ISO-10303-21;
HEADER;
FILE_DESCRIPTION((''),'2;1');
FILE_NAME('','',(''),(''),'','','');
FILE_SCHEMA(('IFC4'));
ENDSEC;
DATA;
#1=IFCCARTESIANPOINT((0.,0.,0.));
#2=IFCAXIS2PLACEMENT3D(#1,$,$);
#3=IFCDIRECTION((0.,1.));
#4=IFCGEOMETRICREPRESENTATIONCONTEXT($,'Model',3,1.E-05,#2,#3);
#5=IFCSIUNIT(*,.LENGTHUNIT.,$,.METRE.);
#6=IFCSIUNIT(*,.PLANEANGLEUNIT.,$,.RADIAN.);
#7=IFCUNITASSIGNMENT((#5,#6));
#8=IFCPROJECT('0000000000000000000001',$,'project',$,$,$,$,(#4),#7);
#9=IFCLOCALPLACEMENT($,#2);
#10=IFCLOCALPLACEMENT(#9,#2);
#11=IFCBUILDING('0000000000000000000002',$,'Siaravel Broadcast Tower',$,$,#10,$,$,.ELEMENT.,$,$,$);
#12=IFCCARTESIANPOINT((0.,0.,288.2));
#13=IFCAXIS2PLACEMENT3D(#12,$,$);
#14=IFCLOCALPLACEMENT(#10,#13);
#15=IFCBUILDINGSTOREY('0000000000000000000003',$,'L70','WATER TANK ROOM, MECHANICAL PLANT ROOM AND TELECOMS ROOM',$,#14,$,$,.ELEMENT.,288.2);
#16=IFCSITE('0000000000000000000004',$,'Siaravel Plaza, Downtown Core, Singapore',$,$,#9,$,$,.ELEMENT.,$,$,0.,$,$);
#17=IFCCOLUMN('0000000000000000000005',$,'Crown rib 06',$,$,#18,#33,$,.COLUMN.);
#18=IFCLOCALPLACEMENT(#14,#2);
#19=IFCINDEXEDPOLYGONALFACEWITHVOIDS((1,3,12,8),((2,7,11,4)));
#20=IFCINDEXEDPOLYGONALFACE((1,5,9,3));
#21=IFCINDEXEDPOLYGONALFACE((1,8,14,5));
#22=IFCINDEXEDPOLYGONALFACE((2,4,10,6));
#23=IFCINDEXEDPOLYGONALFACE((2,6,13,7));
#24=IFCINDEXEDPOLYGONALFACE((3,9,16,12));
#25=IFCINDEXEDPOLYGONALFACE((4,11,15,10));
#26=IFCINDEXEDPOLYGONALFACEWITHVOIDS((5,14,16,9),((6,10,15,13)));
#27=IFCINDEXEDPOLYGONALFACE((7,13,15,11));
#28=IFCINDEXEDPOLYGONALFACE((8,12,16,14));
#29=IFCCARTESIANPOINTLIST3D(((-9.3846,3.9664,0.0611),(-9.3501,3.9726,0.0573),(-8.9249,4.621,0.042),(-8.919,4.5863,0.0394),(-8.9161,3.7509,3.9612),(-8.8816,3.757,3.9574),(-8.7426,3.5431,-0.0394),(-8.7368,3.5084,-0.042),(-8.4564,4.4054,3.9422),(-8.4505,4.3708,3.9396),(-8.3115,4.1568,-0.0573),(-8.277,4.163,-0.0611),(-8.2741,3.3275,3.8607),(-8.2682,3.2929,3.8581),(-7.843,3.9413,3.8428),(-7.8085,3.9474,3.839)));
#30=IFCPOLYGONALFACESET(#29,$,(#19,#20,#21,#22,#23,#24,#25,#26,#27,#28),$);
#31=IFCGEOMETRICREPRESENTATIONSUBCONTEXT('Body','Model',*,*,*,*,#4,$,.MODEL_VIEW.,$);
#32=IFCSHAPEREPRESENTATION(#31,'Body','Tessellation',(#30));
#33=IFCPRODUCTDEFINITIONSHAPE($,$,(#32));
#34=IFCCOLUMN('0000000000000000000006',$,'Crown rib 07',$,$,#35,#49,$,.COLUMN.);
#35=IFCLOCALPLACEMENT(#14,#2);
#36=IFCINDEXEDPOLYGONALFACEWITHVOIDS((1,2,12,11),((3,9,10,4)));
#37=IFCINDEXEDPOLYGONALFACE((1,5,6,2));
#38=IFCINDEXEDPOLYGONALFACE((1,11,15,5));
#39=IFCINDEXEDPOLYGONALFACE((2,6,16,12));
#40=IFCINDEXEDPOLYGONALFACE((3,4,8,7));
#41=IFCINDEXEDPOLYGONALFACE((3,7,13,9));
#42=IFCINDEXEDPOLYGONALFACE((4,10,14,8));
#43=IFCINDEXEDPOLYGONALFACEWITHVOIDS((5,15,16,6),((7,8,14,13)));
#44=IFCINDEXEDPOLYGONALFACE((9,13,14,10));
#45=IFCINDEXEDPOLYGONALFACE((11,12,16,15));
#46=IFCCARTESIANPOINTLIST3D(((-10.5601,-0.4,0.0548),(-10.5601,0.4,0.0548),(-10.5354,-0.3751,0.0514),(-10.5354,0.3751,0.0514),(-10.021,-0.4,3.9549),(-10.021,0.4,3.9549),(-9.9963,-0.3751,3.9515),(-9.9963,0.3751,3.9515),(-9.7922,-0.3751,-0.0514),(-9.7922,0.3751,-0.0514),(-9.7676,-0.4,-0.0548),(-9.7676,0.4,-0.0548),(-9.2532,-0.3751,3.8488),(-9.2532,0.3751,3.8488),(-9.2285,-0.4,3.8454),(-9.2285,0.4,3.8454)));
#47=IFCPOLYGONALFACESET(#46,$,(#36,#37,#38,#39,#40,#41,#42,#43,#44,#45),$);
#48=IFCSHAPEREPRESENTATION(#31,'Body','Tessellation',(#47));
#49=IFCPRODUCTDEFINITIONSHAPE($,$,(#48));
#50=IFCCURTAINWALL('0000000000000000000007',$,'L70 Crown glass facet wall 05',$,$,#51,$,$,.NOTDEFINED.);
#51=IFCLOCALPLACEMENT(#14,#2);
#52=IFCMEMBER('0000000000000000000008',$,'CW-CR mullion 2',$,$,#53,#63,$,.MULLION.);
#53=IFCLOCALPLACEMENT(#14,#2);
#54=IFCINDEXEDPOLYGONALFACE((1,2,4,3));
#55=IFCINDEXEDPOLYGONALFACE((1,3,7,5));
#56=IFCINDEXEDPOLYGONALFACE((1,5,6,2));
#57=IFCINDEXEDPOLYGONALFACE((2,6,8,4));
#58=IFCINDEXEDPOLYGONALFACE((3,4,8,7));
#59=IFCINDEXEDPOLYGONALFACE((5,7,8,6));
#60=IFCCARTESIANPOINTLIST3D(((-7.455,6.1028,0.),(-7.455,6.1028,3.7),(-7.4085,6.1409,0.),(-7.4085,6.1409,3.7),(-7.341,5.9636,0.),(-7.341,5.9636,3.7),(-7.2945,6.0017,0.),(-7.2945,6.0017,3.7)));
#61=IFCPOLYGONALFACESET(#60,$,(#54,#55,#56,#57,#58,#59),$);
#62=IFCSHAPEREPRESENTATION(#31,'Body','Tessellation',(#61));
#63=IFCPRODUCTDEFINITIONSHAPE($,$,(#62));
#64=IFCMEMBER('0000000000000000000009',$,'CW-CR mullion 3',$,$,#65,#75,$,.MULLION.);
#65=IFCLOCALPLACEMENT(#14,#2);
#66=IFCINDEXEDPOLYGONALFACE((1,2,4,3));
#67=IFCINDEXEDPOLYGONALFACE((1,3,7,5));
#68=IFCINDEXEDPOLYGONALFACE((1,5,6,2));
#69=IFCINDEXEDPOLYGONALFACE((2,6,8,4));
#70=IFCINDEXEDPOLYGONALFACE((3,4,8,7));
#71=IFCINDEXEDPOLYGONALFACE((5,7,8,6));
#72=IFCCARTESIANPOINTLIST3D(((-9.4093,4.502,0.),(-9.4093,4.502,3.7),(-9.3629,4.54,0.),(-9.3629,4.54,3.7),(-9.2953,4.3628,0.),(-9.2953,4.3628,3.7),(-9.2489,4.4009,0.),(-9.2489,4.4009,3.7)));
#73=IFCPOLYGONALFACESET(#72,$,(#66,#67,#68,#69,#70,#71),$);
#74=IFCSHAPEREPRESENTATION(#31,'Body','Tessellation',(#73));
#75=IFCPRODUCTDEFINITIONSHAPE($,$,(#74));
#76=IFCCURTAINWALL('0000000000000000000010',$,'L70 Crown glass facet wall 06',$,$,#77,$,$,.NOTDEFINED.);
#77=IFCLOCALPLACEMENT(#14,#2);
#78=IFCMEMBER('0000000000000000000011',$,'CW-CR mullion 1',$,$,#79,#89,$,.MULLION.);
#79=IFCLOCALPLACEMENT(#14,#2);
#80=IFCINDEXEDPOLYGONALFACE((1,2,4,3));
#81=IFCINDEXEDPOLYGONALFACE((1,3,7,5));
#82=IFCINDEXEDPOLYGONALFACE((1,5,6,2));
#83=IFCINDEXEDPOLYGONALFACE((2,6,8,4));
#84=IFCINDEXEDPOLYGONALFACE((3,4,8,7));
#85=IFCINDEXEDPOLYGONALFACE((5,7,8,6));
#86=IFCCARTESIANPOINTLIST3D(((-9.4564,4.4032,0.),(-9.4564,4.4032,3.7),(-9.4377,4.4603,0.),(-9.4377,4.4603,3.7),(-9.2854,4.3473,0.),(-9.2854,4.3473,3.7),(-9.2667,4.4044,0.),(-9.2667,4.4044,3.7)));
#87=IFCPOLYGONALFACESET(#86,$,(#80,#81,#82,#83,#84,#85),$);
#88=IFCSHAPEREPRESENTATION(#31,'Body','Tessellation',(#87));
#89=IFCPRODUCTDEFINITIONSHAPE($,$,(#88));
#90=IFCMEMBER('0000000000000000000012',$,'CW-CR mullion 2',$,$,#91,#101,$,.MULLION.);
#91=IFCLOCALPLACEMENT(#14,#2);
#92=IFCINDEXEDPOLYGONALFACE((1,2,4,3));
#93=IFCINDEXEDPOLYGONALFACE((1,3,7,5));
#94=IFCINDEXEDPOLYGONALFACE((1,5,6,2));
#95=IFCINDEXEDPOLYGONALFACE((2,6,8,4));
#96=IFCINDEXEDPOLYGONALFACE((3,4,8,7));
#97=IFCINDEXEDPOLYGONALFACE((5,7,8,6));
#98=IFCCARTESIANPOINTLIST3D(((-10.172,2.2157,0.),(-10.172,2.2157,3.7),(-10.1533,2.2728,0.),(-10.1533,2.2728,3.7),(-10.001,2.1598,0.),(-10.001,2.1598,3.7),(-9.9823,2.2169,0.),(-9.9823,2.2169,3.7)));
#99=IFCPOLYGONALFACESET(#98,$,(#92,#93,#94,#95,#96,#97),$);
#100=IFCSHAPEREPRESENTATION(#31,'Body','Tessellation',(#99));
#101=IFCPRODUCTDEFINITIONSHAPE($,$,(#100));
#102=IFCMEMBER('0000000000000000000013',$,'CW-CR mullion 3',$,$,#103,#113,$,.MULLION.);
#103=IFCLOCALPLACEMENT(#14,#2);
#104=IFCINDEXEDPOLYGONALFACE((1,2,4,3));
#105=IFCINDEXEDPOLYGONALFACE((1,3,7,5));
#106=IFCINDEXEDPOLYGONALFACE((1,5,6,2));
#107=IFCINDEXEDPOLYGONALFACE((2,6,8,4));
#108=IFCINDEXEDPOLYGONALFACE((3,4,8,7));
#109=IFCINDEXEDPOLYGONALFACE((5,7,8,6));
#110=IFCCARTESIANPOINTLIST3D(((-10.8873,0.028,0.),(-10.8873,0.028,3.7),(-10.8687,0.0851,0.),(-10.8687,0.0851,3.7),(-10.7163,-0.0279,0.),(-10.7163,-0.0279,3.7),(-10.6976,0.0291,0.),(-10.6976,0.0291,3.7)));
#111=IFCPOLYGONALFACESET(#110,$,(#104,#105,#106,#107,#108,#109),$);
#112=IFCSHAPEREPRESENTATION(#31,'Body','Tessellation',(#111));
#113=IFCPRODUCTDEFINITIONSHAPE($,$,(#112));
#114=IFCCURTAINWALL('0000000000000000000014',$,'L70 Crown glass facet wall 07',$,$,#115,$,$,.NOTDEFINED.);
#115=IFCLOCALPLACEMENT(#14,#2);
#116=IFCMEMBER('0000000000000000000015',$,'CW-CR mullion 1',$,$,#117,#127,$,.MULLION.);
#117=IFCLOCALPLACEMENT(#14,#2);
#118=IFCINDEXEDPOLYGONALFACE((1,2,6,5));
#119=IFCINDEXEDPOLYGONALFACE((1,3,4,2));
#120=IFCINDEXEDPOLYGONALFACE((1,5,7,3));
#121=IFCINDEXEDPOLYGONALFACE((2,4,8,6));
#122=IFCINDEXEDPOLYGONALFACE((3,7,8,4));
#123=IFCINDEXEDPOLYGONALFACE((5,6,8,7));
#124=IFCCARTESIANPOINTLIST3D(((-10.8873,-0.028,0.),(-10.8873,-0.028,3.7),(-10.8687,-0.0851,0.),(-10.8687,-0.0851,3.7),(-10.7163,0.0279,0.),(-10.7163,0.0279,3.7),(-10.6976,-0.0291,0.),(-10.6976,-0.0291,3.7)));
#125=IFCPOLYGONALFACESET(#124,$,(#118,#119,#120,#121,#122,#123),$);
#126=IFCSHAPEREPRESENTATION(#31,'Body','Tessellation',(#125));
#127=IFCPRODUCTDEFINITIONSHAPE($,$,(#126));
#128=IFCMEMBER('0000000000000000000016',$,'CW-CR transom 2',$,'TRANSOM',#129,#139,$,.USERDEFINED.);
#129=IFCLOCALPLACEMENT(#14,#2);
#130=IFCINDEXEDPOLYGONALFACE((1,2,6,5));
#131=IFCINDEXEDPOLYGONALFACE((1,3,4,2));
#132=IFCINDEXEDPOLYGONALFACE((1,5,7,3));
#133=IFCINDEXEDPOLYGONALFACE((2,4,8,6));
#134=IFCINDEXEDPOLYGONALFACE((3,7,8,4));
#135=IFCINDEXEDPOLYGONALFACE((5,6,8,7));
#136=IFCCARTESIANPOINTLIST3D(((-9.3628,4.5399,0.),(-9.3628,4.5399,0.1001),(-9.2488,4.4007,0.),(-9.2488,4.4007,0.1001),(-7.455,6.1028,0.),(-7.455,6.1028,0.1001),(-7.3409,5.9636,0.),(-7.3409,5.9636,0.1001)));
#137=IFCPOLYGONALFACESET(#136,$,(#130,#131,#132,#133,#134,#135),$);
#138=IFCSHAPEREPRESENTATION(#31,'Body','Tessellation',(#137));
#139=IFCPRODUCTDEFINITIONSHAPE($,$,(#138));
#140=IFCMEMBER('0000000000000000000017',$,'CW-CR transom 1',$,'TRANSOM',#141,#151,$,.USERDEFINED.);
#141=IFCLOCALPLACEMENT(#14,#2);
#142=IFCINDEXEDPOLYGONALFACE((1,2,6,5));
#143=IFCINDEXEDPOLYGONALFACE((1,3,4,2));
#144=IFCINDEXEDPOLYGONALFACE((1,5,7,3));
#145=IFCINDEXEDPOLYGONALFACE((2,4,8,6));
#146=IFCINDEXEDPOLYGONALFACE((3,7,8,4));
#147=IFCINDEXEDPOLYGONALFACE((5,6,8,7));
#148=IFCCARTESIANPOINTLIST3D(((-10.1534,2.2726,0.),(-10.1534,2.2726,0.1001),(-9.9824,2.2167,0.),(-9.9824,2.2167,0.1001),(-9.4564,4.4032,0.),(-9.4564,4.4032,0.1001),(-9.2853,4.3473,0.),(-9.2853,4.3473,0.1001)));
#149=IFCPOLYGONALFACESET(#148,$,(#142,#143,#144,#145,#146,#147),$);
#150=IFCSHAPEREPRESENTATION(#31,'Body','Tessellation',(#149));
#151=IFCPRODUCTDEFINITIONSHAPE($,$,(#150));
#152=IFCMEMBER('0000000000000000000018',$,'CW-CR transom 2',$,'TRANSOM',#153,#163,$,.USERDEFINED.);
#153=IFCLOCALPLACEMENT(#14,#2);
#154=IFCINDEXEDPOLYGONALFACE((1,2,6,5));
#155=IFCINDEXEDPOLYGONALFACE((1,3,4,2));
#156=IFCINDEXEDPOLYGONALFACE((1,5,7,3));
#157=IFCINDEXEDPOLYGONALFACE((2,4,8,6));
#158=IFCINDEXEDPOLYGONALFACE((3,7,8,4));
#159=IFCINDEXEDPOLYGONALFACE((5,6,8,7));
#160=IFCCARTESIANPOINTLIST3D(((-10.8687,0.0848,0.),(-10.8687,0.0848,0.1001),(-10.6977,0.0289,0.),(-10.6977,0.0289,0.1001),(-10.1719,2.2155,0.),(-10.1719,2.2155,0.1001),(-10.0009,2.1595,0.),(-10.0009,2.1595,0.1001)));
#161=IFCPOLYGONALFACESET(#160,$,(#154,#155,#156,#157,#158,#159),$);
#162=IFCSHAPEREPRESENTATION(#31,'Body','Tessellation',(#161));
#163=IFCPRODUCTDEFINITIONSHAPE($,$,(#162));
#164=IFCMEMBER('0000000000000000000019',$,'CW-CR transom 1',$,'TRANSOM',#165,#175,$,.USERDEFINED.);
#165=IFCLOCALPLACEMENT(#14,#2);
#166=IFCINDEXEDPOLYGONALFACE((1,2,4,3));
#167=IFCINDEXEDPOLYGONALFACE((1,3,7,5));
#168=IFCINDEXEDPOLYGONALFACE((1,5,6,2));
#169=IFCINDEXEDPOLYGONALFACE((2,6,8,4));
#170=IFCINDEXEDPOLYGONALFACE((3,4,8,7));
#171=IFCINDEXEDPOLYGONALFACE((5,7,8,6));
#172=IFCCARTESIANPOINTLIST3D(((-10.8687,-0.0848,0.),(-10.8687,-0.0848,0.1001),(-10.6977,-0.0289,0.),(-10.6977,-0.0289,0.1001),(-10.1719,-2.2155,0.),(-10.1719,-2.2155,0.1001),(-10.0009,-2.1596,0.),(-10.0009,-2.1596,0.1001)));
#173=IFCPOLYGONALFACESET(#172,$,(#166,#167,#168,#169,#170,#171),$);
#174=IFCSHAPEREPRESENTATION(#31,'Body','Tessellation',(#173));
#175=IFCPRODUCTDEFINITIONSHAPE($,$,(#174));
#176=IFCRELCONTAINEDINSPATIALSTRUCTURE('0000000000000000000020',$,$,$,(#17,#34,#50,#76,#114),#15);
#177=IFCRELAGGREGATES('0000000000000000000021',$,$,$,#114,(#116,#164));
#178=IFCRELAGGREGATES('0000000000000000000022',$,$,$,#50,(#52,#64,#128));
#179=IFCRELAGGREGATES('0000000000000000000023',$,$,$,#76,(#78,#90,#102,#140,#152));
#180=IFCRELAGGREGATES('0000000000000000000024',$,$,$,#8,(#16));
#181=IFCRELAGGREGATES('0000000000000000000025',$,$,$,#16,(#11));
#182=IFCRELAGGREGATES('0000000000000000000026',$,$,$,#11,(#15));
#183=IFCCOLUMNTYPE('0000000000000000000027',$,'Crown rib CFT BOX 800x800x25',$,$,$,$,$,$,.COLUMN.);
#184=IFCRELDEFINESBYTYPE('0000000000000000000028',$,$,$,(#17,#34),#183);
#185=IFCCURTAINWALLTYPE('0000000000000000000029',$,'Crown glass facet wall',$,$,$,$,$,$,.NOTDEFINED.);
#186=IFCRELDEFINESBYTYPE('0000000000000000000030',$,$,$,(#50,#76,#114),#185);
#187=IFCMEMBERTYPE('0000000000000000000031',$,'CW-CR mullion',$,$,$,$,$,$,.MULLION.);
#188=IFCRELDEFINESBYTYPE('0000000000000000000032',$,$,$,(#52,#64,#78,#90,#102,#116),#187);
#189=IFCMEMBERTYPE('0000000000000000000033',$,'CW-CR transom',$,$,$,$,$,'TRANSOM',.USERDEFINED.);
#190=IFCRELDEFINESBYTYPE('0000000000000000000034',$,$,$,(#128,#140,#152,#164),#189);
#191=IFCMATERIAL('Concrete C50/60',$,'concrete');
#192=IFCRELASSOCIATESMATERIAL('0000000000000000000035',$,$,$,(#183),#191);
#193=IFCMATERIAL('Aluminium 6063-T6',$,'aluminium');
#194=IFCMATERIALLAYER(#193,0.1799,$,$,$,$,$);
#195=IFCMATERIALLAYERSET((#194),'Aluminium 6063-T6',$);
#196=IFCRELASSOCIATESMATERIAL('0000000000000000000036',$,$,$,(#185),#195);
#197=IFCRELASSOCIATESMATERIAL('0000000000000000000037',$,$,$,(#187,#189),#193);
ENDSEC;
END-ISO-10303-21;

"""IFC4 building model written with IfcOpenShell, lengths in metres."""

from ifc_helpers import new_model, si_unit, direction, frame, origin, origin_2d, place, context, subcontext, project, spatial, rectangle, hollow_rectangle, extrude, material, layer, layer_set, material_profile, profile_set, type_object, element, aggregate, save


model = new_model("IFC4")

# Units and contexts
model_context = context("Model", 3, precision=1e-05, world=origin(), true_north=direction((0.0, 1.0)))
body_context = subcontext(model_context, "Body", "Model", "MODEL_VIEW")
ifc_project = project(units=[si_unit("LENGTHUNIT", "METRE"), si_unit("PLANEANGLEUNIT", "RADIAN")], contexts=[model_context])

# Site, building, storey
site_placement = place(None, origin())
site = spatial("IfcSite", under=ifc_project, at=site_placement, Name="Siaravel Plaza, Downtown Core, Singapore", CompositionType="ELEMENT", RefElevation=0.0)
building_placement = place(site_placement, origin())
building = spatial("IfcBuilding", under=site, at=building_placement, Name="Siaravel Broadcast Tower", CompositionType="ELEMENT")
storey_placement = place(building_placement, frame((0.0, 0.0, 288.2)))
storey = spatial("IfcBuildingStorey", under=building, at=storey_placement, Name="L70", Description="WATER TANK ROOM, MECHANICAL PLANT ROOM AND TELECOMS ROOM", CompositionType="ELEMENT", Elevation=288.2)

# Columns
ifc_material_1 = material(Name="Concrete C50/60", Category="concrete")
ifc_material_profile_1 = material_profile(ifc_material_1, hollow_rectangle(XDim=0.8, YDim=0.8, WallThickness=0.0249, at=origin_2d()))
ifc_profile_set_1 = profile_set([ifc_material_profile_1], Name="Concrete C50/60")
column_type = type_object("IfcColumnType", Name="Crown rib CFT BOX 800x800x25", PredefinedType="COLUMN", material=ifc_profile_set_1)
column_1_placement = place(storey_placement, frame((-8.8308, 4.0647, 0.0), z_axis=(0.119089, -0.054797, 0.99137), x_axis=(0.574593, 0.818093, -0.023804)))
element("IfcColumn", 1, at=column_1_placement, inside=storey, type_object=column_type, Name="Crown rib 06", PredefinedType="COLUMN", context=body_context, shape_type="SweptSolid", body=[
    extrude(hollow_rectangle(XDim=0.8, YDim=0.8, WallThickness=0.0249, at=origin_2d()), origin(), (0.0, 0.0, 1.0), 3.9341),
])
column_2_placement = place(storey_placement, frame((-10.1638, 0.0, 0.0), z_axis=(0.136914, 0.0, 0.990583), x_axis=(0.0, 1.0, 0.0)))
element("IfcColumn", 2, at=column_2_placement, inside=storey, type_object=column_type, Name="Crown rib 07", PredefinedType="COLUMN", context=body_context, shape_type="SweptSolid", body=[
    extrude(hollow_rectangle(XDim=0.8, YDim=0.8, WallThickness=0.0249, at=origin_2d()), origin(), (0.0, 0.0, 1.0), 3.9373),
])

# Curtain walls, members
ifc_material_2 = material(Name="Aluminium 6063-T6", Category="aluminium")
ifc_layer_1 = layer(ifc_material_2, 0.1799)
ifc_layer_set_1 = layer_set([ifc_layer_1], Name="Aluminium 6063-T6")
curtain_wall_type = type_object("IfcCurtainWallType", Name="Crown glass facet wall", PredefinedType="NOTDEFINED", material=ifc_layer_set_1)
curtain_wall_1_placement = place(storey_placement, origin())
curtain_wall_1 = element("IfcCurtainWall", 3, at=curtain_wall_1_placement, inside=storey, type_object=curtain_wall_type, Name="L70 Crown glass facet wall 05", PredefinedType="NOTDEFINED")
ifc_material_profile_2 = material_profile(ifc_material_2, rectangle(XDim=0.1799, YDim=0.0601, at=origin_2d()))
ifc_profile_set_2 = profile_set([ifc_material_profile_2], Name="Aluminium 6063-T6")
member_type_1 = type_object("IfcMemberType", Name="CW-CR mullion", PredefinedType="MULLION", material=ifc_profile_set_2)
member_1_placement = place(storey_placement, frame((-7.3748, 6.0522, 0.0), z_axis=(0.0, 0.0, 1.0), x_axis=(0.633718, -0.773564, 0.0)))
member_1 = element("IfcMember", 4, at=member_1_placement, type_object=member_type_1, Name="CW-CR mullion 2", PredefinedType="MULLION", context=body_context, shape_type="SweptSolid", body=[
    extrude(rectangle(XDim=0.1799, YDim=0.0601, at=origin_2d()), origin(), (0.0, 0.0, 1.0), 3.7),
])
member_2_placement = place(storey_placement, frame((-9.3291, 4.4514, 0.0), z_axis=(0.0, 0.0, 1.0), x_axis=(0.633718, -0.773564, 0.0)))
member_2 = element("IfcMember", 5, at=member_2_placement, type_object=member_type_1, Name="CW-CR mullion 3", PredefinedType="MULLION", context=body_context, shape_type="SweptSolid", body=[
    extrude(rectangle(XDim=0.1799, YDim=0.0601, at=origin_2d()), origin(), (0.0, 0.0, 1.0), 3.7),
])
curtain_wall_2_placement = place(storey_placement, origin())
curtain_wall_2 = element("IfcCurtainWall", 6, at=curtain_wall_2_placement, inside=storey, type_object=curtain_wall_type, Name="L70 Crown glass facet wall 06", PredefinedType="NOTDEFINED")
member_3_placement = place(storey_placement, frame((-9.3616, 4.4038, 0.0), z_axis=(0.0, 0.0, 1.0), x_axis=(0.950458, -0.310853, 0.0)))
member_3 = element("IfcMember", 7, at=member_3_placement, type_object=member_type_1, Name="CW-CR mullion 1", PredefinedType="MULLION", context=body_context, shape_type="SweptSolid", body=[
    extrude(rectangle(XDim=0.1799, YDim=0.0601, at=origin_2d()), origin(), (0.0, 0.0, 1.0), 3.7),
])
member_4_placement = place(storey_placement, frame((-10.0771, 2.2163, 0.0), z_axis=(0.0, 0.0, 1.0), x_axis=(0.950458, -0.310853, 0.0)))
member_4 = element("IfcMember", 8, at=member_4_placement, type_object=member_type_1, Name="CW-CR mullion 2", PredefinedType="MULLION", context=body_context, shape_type="SweptSolid", body=[
    extrude(rectangle(XDim=0.1799, YDim=0.0601, at=origin_2d()), origin(), (0.0, 0.0, 1.0), 3.7),
])
member_5_placement = place(storey_placement, frame((-10.7925, 0.0286, 0.0), z_axis=(0.0, 0.0, 1.0), x_axis=(0.950458, -0.310853, 0.0)))
member_5 = element("IfcMember", 9, at=member_5_placement, type_object=member_type_1, Name="CW-CR mullion 3", PredefinedType="MULLION", context=body_context, shape_type="SweptSolid", body=[
    extrude(rectangle(XDim=0.1799, YDim=0.0601, at=origin_2d()), origin(), (0.0, 0.0, 1.0), 3.7),
])

# Curtain wall, member
curtain_wall_3_placement = place(storey_placement, origin())
curtain_wall_3 = element("IfcCurtainWall", 10, at=curtain_wall_3_placement, inside=storey, type_object=curtain_wall_type, Name="L70 Crown glass facet wall 07", PredefinedType="NOTDEFINED")
member_6_placement = place(storey_placement, frame((-10.7925, -0.0286, 0.0), z_axis=(0.0, 0.0, 1.0), x_axis=(0.950458, 0.310853, 0.0)))
member_6 = element("IfcMember", 11, at=member_6_placement, type_object=member_type_1, Name="CW-CR mullion 1", PredefinedType="MULLION", context=body_context, shape_type="SweptSolid", body=[
    extrude(rectangle(XDim=0.1799, YDim=0.0601, at=origin_2d()), origin(), (0.0, 0.0, 1.0), 3.7),
])

# Members
ifc_material_profile_3 = material_profile(ifc_material_2, rectangle(XDim=0.1799, YDim=0.1001, at=origin_2d()))
ifc_profile_set_3 = profile_set([ifc_material_profile_3], Name="Aluminium 6063-T6")
member_type_2 = type_object("IfcMemberType", Name="CW-CR transom", ElementType="TRANSOM", PredefinedType="USERDEFINED", material=ifc_profile_set_3)
member_7_placement = place(storey_placement, frame((-7.3979, 6.0332, 0.05), z_axis=(-0.773573, -0.633707, 0.0), x_axis=(0.633707, -0.773573, 0.0)))
member_7 = element("IfcMember", 12, at=member_7_placement, type_object=member_type_2, Name="CW-CR transom 2", ObjectType="TRANSOM", PredefinedType="USERDEFINED", context=body_context, shape_type="SweptSolid", body=[
    extrude(rectangle(XDim=0.1799, YDim=0.1001, at=origin_2d()), origin(), (0.0, 0.0, 1.0), 2.4663),
])
member_8_placement = place(storey_placement, frame((-9.3708, 4.3752, 0.05), z_axis=(-0.31093, -0.950433, 0.0), x_axis=(0.950433, -0.31093, 0.0)))
member_8 = element("IfcMember", 13, at=member_8_placement, type_object=member_type_2, Name="CW-CR transom 1", ObjectType="TRANSOM", PredefinedType="USERDEFINED", context=body_context, shape_type="SweptSolid", body=[
    extrude(rectangle(XDim=0.1799, YDim=0.1001, at=origin_2d()), origin(), (0.0, 0.0, 1.0), 2.2417),
])
member_9_placement = place(storey_placement, frame((-10.0864, 2.1875, 0.05), z_axis=(-0.310832, -0.950465, 0.0), x_axis=(0.950465, -0.310832, 0.0)))
member_9 = element("IfcMember", 14, at=member_9_placement, type_object=member_type_2, Name="CW-CR transom 2", ObjectType="TRANSOM", PredefinedType="USERDEFINED", context=body_context, shape_type="SweptSolid", body=[
    extrude(rectangle(XDim=0.1799, YDim=0.1001, at=origin_2d()), origin(), (0.0, 0.0, 1.0), 2.2417),
])
member_10_placement = place(storey_placement, frame((-10.7832, -0.0569, 0.05), z_axis=(0.310832, -0.950465, 0.0), x_axis=(0.950465, 0.310832, 0.0)))
member_10 = element("IfcMember", 15, at=member_10_placement, type_object=member_type_2, Name="CW-CR transom 1", ObjectType="TRANSOM", PredefinedType="USERDEFINED", context=body_context, shape_type="SweptSolid", body=[
    extrude(rectangle(XDim=0.1799, YDim=0.1001, at=origin_2d()), origin(), (0.0, 0.0, 1.0), 2.2417),
])
aggregate(curtain_wall_3, [member_6, member_10])

aggregate(curtain_wall_1, [member_1, member_2, member_7])
aggregate(curtain_wall_2, [member_3, member_4, member_5, member_8, member_9])

save(model, "model.ifc")
